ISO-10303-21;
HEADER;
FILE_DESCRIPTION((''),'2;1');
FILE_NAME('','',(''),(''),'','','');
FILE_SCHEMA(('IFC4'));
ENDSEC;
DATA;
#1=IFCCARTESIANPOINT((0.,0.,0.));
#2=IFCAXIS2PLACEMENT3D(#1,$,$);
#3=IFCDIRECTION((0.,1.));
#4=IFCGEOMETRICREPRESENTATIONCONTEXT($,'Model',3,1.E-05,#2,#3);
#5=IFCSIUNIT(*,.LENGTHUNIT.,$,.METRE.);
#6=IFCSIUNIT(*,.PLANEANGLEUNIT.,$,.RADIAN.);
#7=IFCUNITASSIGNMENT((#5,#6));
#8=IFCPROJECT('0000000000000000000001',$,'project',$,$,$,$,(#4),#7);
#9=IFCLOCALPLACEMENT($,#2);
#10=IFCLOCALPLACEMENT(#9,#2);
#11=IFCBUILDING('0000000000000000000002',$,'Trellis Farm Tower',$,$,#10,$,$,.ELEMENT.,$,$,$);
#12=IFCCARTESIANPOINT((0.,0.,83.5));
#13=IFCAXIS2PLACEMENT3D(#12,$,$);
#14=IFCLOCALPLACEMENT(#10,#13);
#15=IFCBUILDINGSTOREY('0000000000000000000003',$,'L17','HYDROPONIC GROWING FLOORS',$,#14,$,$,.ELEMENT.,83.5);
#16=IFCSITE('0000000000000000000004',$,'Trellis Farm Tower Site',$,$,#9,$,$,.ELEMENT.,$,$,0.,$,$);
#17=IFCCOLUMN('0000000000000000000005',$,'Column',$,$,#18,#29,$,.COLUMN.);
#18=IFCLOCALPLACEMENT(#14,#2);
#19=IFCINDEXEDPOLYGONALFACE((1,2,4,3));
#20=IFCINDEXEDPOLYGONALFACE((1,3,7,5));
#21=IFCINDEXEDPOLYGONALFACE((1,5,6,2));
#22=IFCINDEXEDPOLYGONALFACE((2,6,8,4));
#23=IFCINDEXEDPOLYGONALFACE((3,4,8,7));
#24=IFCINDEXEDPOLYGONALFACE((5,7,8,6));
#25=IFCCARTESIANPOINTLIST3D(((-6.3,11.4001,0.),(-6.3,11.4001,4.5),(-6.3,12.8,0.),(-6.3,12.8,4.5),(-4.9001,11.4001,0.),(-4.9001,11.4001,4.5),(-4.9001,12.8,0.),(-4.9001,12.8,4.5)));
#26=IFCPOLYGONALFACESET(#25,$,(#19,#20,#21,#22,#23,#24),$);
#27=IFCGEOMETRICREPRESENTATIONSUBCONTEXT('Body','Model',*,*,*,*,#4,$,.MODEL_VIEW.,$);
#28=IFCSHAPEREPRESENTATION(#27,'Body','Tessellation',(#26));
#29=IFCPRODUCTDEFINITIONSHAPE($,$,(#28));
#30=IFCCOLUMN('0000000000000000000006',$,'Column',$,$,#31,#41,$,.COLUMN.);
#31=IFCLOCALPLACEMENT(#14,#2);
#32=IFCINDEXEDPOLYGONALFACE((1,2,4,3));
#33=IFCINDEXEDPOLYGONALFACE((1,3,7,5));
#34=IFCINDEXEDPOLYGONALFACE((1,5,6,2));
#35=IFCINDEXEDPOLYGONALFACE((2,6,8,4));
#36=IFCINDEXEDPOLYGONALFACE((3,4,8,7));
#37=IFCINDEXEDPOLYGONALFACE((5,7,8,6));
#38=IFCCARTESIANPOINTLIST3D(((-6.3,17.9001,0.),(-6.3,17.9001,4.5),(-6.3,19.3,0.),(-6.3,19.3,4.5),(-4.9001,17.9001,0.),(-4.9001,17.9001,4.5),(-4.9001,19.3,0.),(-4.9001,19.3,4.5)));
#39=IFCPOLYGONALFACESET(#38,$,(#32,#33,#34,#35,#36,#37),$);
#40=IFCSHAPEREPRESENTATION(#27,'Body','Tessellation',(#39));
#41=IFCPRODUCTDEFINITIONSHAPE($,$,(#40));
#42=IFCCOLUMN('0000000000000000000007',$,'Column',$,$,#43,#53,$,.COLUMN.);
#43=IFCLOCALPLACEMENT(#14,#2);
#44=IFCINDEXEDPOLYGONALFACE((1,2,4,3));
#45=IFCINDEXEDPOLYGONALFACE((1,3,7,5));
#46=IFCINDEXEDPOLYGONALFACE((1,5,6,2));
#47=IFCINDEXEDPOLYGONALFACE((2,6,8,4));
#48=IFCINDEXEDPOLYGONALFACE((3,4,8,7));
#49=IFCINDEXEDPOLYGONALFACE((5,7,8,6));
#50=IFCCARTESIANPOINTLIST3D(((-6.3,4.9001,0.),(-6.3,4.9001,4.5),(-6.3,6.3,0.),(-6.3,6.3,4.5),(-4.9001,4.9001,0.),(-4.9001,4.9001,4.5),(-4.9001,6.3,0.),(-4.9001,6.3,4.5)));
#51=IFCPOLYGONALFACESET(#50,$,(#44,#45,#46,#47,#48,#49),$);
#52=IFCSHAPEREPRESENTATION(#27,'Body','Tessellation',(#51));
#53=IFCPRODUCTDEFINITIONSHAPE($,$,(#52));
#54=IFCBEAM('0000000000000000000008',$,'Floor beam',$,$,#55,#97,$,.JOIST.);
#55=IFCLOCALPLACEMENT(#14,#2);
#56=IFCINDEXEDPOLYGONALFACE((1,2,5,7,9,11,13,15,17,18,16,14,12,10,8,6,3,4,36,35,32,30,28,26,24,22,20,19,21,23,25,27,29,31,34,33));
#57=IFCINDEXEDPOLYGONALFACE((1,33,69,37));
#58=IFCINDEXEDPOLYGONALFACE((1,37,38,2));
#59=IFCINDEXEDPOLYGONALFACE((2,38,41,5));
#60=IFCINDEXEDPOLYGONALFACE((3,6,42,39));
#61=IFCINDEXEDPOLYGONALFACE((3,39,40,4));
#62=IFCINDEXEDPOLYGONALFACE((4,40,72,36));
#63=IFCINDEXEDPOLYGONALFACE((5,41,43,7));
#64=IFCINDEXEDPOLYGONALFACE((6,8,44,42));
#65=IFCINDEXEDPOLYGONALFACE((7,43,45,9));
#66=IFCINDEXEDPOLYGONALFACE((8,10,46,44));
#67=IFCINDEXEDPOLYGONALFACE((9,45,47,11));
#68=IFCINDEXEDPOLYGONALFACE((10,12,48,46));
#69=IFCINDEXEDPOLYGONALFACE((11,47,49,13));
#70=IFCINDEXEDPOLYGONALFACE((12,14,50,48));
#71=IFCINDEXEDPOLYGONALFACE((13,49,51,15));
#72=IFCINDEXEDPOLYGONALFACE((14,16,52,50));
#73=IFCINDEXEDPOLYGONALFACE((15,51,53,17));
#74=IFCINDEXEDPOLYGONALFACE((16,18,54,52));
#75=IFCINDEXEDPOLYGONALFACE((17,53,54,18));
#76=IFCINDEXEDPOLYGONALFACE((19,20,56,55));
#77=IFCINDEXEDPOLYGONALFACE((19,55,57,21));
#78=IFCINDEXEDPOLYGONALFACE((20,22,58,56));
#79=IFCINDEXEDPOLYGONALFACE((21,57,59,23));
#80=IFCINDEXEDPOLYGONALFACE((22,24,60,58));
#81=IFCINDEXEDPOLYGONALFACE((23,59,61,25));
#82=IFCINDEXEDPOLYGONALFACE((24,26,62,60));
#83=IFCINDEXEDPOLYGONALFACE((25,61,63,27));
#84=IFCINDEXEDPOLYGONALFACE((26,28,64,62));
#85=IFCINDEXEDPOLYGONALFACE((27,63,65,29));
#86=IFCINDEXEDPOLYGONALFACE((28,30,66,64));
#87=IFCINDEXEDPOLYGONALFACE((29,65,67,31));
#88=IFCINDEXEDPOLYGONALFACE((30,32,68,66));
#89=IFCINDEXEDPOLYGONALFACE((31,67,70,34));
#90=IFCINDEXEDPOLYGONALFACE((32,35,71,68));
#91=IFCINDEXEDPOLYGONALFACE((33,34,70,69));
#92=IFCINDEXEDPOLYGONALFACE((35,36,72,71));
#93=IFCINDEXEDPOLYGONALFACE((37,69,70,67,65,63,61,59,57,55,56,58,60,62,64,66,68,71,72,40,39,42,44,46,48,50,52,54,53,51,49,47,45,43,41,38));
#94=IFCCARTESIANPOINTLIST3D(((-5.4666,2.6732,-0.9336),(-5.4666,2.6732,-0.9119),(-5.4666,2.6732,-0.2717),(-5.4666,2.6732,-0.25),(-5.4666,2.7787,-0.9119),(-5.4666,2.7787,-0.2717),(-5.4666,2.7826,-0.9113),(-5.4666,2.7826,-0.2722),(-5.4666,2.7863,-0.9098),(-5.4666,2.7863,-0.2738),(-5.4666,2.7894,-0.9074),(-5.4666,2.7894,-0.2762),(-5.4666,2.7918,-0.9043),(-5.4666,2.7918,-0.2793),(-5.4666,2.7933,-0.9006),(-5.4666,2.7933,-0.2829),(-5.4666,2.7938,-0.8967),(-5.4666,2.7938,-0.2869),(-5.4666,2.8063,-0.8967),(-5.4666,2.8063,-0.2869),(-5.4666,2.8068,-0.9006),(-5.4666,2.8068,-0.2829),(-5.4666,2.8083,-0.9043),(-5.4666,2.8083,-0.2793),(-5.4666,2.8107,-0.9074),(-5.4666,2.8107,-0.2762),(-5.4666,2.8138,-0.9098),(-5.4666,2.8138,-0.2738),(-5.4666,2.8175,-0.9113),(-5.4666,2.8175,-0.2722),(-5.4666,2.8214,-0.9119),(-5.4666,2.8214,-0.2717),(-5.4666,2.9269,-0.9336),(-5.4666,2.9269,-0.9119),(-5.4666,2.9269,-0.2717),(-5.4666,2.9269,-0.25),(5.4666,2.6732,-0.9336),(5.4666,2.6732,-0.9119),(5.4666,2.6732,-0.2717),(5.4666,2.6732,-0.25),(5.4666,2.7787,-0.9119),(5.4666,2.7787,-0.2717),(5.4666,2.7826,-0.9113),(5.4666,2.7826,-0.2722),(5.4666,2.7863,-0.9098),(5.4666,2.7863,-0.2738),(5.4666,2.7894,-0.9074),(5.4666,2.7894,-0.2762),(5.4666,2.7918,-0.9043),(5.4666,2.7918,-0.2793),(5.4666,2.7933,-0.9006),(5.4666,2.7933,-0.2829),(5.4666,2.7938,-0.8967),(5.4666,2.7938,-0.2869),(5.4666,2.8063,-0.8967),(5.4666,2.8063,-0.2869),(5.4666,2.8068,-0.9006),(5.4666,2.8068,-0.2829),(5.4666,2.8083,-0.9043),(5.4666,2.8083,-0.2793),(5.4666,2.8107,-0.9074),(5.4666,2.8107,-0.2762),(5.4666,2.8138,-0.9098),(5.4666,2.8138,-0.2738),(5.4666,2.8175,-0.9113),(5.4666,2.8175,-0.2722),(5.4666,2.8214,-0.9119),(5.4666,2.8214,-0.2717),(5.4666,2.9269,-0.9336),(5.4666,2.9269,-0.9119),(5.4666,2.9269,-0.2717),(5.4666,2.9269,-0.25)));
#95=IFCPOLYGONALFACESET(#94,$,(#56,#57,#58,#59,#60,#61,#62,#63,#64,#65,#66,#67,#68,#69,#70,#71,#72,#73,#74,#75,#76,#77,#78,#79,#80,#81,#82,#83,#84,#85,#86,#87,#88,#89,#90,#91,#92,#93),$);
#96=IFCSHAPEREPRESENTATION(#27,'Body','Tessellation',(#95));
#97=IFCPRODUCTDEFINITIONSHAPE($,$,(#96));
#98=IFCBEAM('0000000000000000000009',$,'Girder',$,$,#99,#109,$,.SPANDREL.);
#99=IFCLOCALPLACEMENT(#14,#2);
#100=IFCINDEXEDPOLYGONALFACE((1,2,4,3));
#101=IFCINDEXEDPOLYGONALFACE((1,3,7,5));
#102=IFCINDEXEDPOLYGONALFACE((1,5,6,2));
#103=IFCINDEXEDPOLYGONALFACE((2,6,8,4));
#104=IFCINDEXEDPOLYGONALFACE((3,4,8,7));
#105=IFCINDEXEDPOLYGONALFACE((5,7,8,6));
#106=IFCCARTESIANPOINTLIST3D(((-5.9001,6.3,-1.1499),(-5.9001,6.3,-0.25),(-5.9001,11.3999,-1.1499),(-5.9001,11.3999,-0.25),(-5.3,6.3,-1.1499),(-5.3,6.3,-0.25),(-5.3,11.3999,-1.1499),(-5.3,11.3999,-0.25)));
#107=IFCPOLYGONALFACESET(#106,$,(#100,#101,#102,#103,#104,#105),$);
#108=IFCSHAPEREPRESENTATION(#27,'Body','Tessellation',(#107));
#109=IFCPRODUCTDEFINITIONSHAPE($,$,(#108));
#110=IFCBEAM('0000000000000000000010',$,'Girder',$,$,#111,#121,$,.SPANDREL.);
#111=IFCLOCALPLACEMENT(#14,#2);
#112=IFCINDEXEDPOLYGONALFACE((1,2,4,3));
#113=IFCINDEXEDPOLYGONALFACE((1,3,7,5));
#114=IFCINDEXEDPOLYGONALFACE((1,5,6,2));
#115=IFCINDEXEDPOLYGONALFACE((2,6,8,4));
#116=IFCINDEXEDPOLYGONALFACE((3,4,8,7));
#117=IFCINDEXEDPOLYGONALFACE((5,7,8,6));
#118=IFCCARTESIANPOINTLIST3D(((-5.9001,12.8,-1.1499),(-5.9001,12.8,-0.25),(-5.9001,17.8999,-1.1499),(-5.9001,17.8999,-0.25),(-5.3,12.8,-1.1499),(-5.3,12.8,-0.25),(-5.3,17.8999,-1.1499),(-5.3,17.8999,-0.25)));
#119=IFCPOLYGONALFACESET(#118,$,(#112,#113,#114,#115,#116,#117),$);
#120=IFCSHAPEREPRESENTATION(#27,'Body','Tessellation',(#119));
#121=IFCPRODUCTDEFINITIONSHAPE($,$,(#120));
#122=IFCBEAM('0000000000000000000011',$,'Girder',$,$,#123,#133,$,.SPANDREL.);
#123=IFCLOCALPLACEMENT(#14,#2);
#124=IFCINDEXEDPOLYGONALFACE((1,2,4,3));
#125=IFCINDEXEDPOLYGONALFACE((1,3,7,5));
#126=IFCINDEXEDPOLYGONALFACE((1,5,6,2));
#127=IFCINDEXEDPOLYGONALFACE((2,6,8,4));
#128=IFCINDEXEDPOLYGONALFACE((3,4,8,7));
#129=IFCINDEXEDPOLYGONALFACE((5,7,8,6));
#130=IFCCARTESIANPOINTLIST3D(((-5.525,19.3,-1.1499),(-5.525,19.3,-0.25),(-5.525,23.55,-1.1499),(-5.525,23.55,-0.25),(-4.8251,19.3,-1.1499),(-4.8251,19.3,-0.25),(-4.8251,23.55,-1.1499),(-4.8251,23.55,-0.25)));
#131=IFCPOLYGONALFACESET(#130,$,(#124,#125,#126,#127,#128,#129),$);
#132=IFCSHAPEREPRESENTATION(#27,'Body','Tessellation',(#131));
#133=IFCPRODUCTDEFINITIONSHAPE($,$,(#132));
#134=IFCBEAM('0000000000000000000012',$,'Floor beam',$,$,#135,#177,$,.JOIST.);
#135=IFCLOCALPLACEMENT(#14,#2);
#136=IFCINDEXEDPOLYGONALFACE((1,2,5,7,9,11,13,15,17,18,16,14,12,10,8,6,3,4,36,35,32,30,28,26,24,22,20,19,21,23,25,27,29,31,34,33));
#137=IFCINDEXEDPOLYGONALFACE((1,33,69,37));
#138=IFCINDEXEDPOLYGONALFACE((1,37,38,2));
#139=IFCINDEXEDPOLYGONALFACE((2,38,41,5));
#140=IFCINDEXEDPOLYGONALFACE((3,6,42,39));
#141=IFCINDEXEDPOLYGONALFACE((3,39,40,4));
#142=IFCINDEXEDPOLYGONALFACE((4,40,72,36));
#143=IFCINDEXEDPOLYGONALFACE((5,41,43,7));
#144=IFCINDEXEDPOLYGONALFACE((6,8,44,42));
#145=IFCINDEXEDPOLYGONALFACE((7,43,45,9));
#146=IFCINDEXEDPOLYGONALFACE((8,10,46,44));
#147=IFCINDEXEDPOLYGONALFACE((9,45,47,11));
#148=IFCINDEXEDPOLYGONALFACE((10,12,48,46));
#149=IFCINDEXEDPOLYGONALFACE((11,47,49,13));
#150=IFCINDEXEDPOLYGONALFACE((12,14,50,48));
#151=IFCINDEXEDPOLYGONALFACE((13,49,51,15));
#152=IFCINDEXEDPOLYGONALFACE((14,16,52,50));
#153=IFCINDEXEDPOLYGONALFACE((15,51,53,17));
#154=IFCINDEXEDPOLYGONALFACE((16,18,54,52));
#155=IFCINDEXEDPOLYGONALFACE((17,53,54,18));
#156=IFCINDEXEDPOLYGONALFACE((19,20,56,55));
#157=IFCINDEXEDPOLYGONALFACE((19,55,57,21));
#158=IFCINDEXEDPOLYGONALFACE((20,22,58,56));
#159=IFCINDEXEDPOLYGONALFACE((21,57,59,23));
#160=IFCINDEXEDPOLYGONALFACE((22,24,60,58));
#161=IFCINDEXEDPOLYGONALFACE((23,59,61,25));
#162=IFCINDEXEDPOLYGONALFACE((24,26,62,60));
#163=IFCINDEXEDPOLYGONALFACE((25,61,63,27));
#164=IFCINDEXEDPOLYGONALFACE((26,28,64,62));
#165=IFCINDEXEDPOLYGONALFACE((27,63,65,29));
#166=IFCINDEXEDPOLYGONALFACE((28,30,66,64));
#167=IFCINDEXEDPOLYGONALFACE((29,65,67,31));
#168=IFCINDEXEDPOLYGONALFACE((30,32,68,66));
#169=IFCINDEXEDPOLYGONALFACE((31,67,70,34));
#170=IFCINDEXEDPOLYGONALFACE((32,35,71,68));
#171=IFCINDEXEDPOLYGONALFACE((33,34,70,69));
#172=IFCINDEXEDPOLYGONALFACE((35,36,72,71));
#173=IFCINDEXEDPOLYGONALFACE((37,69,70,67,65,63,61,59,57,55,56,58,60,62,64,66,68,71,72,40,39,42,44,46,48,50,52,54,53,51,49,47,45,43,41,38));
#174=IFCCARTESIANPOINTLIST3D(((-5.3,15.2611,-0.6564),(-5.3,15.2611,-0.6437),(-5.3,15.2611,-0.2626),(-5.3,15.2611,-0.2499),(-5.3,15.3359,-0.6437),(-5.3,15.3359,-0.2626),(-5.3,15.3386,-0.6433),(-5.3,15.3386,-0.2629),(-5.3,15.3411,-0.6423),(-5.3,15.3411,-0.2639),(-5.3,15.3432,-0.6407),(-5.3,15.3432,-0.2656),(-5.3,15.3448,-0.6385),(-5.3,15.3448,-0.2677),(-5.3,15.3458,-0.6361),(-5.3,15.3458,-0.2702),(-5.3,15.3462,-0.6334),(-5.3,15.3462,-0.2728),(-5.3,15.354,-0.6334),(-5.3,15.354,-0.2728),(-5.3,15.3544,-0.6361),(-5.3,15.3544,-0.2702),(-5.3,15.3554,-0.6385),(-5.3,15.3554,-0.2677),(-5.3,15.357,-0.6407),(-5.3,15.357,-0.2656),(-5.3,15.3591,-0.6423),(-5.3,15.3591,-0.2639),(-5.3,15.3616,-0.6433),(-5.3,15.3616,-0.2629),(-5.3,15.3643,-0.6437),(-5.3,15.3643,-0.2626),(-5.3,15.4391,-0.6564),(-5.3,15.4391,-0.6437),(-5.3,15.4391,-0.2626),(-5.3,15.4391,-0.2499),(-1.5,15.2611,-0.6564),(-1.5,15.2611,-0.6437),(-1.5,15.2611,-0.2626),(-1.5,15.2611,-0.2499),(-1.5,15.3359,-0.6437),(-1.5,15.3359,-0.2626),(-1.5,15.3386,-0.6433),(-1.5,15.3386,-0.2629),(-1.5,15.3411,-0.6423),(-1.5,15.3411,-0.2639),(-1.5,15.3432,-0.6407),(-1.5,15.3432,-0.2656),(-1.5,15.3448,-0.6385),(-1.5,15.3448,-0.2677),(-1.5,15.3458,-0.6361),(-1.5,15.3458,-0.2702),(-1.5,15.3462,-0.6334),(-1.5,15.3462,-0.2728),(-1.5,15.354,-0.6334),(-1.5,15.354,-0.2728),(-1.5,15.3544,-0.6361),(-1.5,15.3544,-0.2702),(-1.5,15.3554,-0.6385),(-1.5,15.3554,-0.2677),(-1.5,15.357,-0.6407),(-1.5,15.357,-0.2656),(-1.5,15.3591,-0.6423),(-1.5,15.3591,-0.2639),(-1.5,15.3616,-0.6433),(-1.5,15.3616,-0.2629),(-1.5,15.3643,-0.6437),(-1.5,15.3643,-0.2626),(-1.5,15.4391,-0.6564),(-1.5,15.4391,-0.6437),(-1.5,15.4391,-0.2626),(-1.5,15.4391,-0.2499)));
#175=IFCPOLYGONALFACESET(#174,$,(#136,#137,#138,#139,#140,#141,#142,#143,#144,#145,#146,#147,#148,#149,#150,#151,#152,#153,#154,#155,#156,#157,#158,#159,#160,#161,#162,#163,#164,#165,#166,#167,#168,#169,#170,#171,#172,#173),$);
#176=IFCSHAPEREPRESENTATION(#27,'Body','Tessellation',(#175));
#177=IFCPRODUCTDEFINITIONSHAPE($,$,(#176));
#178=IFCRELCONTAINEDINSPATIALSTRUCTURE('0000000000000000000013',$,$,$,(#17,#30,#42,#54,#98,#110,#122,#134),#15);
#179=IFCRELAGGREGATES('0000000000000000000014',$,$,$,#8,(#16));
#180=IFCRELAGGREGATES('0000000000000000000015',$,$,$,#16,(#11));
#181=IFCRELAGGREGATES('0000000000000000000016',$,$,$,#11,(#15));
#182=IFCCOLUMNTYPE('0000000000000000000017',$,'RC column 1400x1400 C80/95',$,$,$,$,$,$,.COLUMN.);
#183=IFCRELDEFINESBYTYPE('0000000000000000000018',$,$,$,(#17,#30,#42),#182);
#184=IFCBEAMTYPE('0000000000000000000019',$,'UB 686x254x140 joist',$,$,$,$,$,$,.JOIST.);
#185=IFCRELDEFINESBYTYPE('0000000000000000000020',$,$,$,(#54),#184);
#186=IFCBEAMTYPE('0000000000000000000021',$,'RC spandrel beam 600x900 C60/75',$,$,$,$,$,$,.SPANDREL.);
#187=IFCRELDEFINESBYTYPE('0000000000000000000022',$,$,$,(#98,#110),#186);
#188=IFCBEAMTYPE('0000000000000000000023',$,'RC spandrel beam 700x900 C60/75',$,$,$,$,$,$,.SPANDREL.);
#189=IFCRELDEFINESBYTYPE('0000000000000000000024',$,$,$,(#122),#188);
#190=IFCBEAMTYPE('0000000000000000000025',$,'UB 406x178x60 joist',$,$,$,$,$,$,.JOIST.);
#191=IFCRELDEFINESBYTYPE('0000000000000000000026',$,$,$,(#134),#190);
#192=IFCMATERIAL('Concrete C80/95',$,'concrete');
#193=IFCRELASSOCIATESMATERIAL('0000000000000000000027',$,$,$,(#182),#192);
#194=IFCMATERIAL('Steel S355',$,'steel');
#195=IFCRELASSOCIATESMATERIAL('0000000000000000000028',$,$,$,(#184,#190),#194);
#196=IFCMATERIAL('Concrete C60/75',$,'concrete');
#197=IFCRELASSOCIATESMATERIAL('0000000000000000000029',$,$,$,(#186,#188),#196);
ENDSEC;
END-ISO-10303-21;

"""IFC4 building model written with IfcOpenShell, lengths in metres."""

from ifc_helpers import new_model, si_unit, direction, frame, origin, origin_2d, place, context, subcontext, project, spatial, rectangle, i_section, extrude, source, transform, mapped, material, material_profile, profile_set, type_object, element, save


model = new_model("IFC4")

# Units and contexts
model_context = context("Model", 3, precision=1e-05, world=origin(), true_north=direction((0.0, 1.0)))
body_context = subcontext(model_context, "Body", "Model", "MODEL_VIEW")
ifc_project = project(units=[si_unit("LENGTHUNIT", "METRE"), si_unit("PLANEANGLEUNIT", "RADIAN")], contexts=[model_context])

# Site, building, storey
site_placement = place(None, origin())
site = spatial("IfcSite", under=ifc_project, at=site_placement, Name="Trellis Farm Tower Site", CompositionType="ELEMENT", RefElevation=0.0)
building_placement = place(site_placement, origin())
building = spatial("IfcBuilding", under=site, at=building_placement, Name="Trellis Farm Tower", CompositionType="ELEMENT")
storey_placement = place(building_placement, frame((0.0, 0.0, 83.5)))
storey = spatial("IfcBuildingStorey", under=building, at=storey_placement, Name="L17", Description="HYDROPONIC GROWING FLOORS", CompositionType="ELEMENT", Elevation=83.5)

# Columns
ifc_material_1 = material(Name="Concrete C80/95", Category="concrete")
ifc_material_profile_1 = material_profile(ifc_material_1, rectangle(XDim=1.3999, YDim=1.3999, at=origin_2d()), Name="RC column 1400x1400 C80/95")
ifc_profile_set_1 = profile_set([ifc_material_profile_1], Name="Concrete C80/95")
column_type = type_object("IfcColumnType", Name="RC column 1400x1400 C80/95", PredefinedType="COLUMN", material=ifc_profile_set_1)
shared_shape_1 = source(origin(), body_context, "Body", "SweptSolid", [
    extrude(rectangle(XDim=1.3999, YDim=1.3999, at=origin_2d()), origin(), (0.0, 0.0, 1.0), 4.5),
])
for number, where, z_axis, x_axis, name in (
    (1, (-5.6001, 12.1001, 0.0), (0.0, 0.0, 1.0), (1.0, 0.0, 0.0), "Column"),
    (2, (-5.6001, 18.6001, 0.0), (0.0, 0.0, 1.0), (1.0, 0.0, 0.0), "Column"),
    (3, (-5.6001, 5.6001, 0.0), (0.0, 0.0, 1.0), (1.0, 0.0, 0.0), "Column"),
):
    element("IfcColumn", number, at=place(storey_placement, frame(where, z_axis=z_axis, x_axis=x_axis)), inside=storey, type_object=column_type, Name=name, PredefinedType="COLUMN", context=body_context, shape_type="MappedRepresentation", body=[
        mapped(shared_shape_1, transform((0.0, 0.0, 0.0))),
    ])

# Beams
ifc_material_2 = material(Name="Steel S355", Category="steel")
ifc_material_profile_2 = material_profile(ifc_material_2, i_section(OverallWidth=0.2537, OverallDepth=0.6836, WebThickness=0.0125, FlangeThickness=0.0217, FilletRadius=0.0151, at=origin_2d()), Name="UB 686x254x140")
ifc_profile_set_2 = profile_set([ifc_material_profile_2], Name="Steel S355")
beam_type_1 = type_object("IfcBeamType", Name="UB 686x254x140 joist", PredefinedType="JOIST", material=ifc_profile_set_2)
shared_shape_2 = source(origin(), body_context, "Body", "SweptSolid", [
    extrude(i_section(OverallWidth=0.2537, OverallDepth=0.6836, WebThickness=0.0125, FlangeThickness=0.0217, FilletRadius=0.0151, at=origin_2d()), origin(), (0.0, 0.0, 1.0), 10.9331),
])
beam_1_placement = place(storey_placement, frame((-5.4666, 2.8, -0.5918), z_axis=(1.0, 0.0, 0.0), x_axis=(0.0, 1.0, 0.0)))
element("IfcBeam", 4, at=beam_1_placement, inside=storey, type_object=beam_type_1, Name="Floor beam", PredefinedType="JOIST", context=body_context, shape_type="MappedRepresentation", body=[
    mapped(shared_shape_2, transform((0.0, 0.0, 0.0))),
])
ifc_material_3 = material(Name="Concrete C60/75", Category="concrete")
ifc_material_profile_3 = material_profile(ifc_material_3, rectangle(XDim=0.6001, YDim=0.8999, at=origin_2d()), Name="RC spandrel beam 600x900 C60/75")
ifc_profile_set_3 = profile_set([ifc_material_profile_3], Name="Concrete C60/75")
beam_type_2 = type_object("IfcBeamType", Name="RC spandrel beam 600x900 C60/75", PredefinedType="SPANDREL", material=ifc_profile_set_3)
shared_shape_3 = source(origin(), body_context, "Body", "SweptSolid", [
    extrude(rectangle(XDim=0.6001, YDim=0.8999, at=origin_2d()), origin(), (0.0, 0.0, 1.0), 5.0999),
])
for number, where, z_axis, x_axis, name in (
    (5, (-5.6001, 6.3, -0.7), (0.0, 1.0, 0.0), (-1.0, 0.0, 0.0), "Girder"),
    (6, (-5.6001, 12.8, -0.7), (0.0, 1.0, 0.0), (-1.0, 0.0, 0.0), "Girder"),
):
    element("IfcBeam", number, at=place(storey_placement, frame(where, z_axis=z_axis, x_axis=x_axis)), inside=storey, type_object=beam_type_2, Name=name, PredefinedType="SPANDREL", context=body_context, shape_type="MappedRepresentation", body=[
        mapped(shared_shape_3, transform((0.0, 0.0, 0.0))),
    ])
ifc_material_profile_4 = material_profile(ifc_material_3, rectangle(XDim=0.7, YDim=0.8999, at=origin_2d()), Name="RC spandrel beam 700x900 C60/75")
ifc_profile_set_4 = profile_set([ifc_material_profile_4], Name="Concrete C60/75")
beam_type_3 = type_object("IfcBeamType", Name="RC spandrel beam 700x900 C60/75", PredefinedType="SPANDREL", material=ifc_profile_set_4)
shared_shape_4 = source(origin(), body_context, "Body", "SweptSolid", [
    extrude(rectangle(XDim=0.7, YDim=0.8999, at=origin_2d()), origin(), (0.0, 0.0, 1.0), 4.25),
])
beam_2_placement = place(storey_placement, frame((-5.175, 19.3, -0.7), z_axis=(0.0, 1.0, 0.0), x_axis=(-1.0, 0.0, 0.0)))
element("IfcBeam", 7, at=beam_2_placement, inside=storey, type_object=beam_type_3, Name="Girder", PredefinedType="SPANDREL", context=body_context, shape_type="MappedRepresentation", body=[
    mapped(shared_shape_4, transform((0.0, 0.0, 0.0))),
])
ifc_material_profile_5 = material_profile(ifc_material_2, i_section(OverallWidth=0.178, OverallDepth=0.4065, WebThickness=0.0078, FlangeThickness=0.0127, FilletRadius=0.0103, at=origin_2d()), Name="UB 406x178x60")
ifc_profile_set_5 = profile_set([ifc_material_profile_5], Name="Steel S355")
beam_type_4 = type_object("IfcBeamType", Name="UB 406x178x60 joist", PredefinedType="JOIST", material=ifc_profile_set_5)
shared_shape_5 = source(origin(), body_context, "Body", "SweptSolid", [
    extrude(i_section(OverallWidth=0.178, OverallDepth=0.4065, WebThickness=0.0078, FlangeThickness=0.0127, FilletRadius=0.0103, at=origin_2d()), origin(), (0.0, 0.0, 1.0), 3.8),
])
beam_3_placement = place(storey_placement, frame((-5.3, 15.3501, -0.4531), z_axis=(1.0, 0.0, 0.0), x_axis=(0.0, 1.0, 0.0)))
element("IfcBeam", 8, at=beam_3_placement, inside=storey, type_object=beam_type_4, Name="Floor beam", PredefinedType="JOIST", context=body_context, shape_type="MappedRepresentation", body=[
    mapped(shared_shape_5, transform((0.0, 0.0, 0.0))),
])

save(model, "model.ifc")
